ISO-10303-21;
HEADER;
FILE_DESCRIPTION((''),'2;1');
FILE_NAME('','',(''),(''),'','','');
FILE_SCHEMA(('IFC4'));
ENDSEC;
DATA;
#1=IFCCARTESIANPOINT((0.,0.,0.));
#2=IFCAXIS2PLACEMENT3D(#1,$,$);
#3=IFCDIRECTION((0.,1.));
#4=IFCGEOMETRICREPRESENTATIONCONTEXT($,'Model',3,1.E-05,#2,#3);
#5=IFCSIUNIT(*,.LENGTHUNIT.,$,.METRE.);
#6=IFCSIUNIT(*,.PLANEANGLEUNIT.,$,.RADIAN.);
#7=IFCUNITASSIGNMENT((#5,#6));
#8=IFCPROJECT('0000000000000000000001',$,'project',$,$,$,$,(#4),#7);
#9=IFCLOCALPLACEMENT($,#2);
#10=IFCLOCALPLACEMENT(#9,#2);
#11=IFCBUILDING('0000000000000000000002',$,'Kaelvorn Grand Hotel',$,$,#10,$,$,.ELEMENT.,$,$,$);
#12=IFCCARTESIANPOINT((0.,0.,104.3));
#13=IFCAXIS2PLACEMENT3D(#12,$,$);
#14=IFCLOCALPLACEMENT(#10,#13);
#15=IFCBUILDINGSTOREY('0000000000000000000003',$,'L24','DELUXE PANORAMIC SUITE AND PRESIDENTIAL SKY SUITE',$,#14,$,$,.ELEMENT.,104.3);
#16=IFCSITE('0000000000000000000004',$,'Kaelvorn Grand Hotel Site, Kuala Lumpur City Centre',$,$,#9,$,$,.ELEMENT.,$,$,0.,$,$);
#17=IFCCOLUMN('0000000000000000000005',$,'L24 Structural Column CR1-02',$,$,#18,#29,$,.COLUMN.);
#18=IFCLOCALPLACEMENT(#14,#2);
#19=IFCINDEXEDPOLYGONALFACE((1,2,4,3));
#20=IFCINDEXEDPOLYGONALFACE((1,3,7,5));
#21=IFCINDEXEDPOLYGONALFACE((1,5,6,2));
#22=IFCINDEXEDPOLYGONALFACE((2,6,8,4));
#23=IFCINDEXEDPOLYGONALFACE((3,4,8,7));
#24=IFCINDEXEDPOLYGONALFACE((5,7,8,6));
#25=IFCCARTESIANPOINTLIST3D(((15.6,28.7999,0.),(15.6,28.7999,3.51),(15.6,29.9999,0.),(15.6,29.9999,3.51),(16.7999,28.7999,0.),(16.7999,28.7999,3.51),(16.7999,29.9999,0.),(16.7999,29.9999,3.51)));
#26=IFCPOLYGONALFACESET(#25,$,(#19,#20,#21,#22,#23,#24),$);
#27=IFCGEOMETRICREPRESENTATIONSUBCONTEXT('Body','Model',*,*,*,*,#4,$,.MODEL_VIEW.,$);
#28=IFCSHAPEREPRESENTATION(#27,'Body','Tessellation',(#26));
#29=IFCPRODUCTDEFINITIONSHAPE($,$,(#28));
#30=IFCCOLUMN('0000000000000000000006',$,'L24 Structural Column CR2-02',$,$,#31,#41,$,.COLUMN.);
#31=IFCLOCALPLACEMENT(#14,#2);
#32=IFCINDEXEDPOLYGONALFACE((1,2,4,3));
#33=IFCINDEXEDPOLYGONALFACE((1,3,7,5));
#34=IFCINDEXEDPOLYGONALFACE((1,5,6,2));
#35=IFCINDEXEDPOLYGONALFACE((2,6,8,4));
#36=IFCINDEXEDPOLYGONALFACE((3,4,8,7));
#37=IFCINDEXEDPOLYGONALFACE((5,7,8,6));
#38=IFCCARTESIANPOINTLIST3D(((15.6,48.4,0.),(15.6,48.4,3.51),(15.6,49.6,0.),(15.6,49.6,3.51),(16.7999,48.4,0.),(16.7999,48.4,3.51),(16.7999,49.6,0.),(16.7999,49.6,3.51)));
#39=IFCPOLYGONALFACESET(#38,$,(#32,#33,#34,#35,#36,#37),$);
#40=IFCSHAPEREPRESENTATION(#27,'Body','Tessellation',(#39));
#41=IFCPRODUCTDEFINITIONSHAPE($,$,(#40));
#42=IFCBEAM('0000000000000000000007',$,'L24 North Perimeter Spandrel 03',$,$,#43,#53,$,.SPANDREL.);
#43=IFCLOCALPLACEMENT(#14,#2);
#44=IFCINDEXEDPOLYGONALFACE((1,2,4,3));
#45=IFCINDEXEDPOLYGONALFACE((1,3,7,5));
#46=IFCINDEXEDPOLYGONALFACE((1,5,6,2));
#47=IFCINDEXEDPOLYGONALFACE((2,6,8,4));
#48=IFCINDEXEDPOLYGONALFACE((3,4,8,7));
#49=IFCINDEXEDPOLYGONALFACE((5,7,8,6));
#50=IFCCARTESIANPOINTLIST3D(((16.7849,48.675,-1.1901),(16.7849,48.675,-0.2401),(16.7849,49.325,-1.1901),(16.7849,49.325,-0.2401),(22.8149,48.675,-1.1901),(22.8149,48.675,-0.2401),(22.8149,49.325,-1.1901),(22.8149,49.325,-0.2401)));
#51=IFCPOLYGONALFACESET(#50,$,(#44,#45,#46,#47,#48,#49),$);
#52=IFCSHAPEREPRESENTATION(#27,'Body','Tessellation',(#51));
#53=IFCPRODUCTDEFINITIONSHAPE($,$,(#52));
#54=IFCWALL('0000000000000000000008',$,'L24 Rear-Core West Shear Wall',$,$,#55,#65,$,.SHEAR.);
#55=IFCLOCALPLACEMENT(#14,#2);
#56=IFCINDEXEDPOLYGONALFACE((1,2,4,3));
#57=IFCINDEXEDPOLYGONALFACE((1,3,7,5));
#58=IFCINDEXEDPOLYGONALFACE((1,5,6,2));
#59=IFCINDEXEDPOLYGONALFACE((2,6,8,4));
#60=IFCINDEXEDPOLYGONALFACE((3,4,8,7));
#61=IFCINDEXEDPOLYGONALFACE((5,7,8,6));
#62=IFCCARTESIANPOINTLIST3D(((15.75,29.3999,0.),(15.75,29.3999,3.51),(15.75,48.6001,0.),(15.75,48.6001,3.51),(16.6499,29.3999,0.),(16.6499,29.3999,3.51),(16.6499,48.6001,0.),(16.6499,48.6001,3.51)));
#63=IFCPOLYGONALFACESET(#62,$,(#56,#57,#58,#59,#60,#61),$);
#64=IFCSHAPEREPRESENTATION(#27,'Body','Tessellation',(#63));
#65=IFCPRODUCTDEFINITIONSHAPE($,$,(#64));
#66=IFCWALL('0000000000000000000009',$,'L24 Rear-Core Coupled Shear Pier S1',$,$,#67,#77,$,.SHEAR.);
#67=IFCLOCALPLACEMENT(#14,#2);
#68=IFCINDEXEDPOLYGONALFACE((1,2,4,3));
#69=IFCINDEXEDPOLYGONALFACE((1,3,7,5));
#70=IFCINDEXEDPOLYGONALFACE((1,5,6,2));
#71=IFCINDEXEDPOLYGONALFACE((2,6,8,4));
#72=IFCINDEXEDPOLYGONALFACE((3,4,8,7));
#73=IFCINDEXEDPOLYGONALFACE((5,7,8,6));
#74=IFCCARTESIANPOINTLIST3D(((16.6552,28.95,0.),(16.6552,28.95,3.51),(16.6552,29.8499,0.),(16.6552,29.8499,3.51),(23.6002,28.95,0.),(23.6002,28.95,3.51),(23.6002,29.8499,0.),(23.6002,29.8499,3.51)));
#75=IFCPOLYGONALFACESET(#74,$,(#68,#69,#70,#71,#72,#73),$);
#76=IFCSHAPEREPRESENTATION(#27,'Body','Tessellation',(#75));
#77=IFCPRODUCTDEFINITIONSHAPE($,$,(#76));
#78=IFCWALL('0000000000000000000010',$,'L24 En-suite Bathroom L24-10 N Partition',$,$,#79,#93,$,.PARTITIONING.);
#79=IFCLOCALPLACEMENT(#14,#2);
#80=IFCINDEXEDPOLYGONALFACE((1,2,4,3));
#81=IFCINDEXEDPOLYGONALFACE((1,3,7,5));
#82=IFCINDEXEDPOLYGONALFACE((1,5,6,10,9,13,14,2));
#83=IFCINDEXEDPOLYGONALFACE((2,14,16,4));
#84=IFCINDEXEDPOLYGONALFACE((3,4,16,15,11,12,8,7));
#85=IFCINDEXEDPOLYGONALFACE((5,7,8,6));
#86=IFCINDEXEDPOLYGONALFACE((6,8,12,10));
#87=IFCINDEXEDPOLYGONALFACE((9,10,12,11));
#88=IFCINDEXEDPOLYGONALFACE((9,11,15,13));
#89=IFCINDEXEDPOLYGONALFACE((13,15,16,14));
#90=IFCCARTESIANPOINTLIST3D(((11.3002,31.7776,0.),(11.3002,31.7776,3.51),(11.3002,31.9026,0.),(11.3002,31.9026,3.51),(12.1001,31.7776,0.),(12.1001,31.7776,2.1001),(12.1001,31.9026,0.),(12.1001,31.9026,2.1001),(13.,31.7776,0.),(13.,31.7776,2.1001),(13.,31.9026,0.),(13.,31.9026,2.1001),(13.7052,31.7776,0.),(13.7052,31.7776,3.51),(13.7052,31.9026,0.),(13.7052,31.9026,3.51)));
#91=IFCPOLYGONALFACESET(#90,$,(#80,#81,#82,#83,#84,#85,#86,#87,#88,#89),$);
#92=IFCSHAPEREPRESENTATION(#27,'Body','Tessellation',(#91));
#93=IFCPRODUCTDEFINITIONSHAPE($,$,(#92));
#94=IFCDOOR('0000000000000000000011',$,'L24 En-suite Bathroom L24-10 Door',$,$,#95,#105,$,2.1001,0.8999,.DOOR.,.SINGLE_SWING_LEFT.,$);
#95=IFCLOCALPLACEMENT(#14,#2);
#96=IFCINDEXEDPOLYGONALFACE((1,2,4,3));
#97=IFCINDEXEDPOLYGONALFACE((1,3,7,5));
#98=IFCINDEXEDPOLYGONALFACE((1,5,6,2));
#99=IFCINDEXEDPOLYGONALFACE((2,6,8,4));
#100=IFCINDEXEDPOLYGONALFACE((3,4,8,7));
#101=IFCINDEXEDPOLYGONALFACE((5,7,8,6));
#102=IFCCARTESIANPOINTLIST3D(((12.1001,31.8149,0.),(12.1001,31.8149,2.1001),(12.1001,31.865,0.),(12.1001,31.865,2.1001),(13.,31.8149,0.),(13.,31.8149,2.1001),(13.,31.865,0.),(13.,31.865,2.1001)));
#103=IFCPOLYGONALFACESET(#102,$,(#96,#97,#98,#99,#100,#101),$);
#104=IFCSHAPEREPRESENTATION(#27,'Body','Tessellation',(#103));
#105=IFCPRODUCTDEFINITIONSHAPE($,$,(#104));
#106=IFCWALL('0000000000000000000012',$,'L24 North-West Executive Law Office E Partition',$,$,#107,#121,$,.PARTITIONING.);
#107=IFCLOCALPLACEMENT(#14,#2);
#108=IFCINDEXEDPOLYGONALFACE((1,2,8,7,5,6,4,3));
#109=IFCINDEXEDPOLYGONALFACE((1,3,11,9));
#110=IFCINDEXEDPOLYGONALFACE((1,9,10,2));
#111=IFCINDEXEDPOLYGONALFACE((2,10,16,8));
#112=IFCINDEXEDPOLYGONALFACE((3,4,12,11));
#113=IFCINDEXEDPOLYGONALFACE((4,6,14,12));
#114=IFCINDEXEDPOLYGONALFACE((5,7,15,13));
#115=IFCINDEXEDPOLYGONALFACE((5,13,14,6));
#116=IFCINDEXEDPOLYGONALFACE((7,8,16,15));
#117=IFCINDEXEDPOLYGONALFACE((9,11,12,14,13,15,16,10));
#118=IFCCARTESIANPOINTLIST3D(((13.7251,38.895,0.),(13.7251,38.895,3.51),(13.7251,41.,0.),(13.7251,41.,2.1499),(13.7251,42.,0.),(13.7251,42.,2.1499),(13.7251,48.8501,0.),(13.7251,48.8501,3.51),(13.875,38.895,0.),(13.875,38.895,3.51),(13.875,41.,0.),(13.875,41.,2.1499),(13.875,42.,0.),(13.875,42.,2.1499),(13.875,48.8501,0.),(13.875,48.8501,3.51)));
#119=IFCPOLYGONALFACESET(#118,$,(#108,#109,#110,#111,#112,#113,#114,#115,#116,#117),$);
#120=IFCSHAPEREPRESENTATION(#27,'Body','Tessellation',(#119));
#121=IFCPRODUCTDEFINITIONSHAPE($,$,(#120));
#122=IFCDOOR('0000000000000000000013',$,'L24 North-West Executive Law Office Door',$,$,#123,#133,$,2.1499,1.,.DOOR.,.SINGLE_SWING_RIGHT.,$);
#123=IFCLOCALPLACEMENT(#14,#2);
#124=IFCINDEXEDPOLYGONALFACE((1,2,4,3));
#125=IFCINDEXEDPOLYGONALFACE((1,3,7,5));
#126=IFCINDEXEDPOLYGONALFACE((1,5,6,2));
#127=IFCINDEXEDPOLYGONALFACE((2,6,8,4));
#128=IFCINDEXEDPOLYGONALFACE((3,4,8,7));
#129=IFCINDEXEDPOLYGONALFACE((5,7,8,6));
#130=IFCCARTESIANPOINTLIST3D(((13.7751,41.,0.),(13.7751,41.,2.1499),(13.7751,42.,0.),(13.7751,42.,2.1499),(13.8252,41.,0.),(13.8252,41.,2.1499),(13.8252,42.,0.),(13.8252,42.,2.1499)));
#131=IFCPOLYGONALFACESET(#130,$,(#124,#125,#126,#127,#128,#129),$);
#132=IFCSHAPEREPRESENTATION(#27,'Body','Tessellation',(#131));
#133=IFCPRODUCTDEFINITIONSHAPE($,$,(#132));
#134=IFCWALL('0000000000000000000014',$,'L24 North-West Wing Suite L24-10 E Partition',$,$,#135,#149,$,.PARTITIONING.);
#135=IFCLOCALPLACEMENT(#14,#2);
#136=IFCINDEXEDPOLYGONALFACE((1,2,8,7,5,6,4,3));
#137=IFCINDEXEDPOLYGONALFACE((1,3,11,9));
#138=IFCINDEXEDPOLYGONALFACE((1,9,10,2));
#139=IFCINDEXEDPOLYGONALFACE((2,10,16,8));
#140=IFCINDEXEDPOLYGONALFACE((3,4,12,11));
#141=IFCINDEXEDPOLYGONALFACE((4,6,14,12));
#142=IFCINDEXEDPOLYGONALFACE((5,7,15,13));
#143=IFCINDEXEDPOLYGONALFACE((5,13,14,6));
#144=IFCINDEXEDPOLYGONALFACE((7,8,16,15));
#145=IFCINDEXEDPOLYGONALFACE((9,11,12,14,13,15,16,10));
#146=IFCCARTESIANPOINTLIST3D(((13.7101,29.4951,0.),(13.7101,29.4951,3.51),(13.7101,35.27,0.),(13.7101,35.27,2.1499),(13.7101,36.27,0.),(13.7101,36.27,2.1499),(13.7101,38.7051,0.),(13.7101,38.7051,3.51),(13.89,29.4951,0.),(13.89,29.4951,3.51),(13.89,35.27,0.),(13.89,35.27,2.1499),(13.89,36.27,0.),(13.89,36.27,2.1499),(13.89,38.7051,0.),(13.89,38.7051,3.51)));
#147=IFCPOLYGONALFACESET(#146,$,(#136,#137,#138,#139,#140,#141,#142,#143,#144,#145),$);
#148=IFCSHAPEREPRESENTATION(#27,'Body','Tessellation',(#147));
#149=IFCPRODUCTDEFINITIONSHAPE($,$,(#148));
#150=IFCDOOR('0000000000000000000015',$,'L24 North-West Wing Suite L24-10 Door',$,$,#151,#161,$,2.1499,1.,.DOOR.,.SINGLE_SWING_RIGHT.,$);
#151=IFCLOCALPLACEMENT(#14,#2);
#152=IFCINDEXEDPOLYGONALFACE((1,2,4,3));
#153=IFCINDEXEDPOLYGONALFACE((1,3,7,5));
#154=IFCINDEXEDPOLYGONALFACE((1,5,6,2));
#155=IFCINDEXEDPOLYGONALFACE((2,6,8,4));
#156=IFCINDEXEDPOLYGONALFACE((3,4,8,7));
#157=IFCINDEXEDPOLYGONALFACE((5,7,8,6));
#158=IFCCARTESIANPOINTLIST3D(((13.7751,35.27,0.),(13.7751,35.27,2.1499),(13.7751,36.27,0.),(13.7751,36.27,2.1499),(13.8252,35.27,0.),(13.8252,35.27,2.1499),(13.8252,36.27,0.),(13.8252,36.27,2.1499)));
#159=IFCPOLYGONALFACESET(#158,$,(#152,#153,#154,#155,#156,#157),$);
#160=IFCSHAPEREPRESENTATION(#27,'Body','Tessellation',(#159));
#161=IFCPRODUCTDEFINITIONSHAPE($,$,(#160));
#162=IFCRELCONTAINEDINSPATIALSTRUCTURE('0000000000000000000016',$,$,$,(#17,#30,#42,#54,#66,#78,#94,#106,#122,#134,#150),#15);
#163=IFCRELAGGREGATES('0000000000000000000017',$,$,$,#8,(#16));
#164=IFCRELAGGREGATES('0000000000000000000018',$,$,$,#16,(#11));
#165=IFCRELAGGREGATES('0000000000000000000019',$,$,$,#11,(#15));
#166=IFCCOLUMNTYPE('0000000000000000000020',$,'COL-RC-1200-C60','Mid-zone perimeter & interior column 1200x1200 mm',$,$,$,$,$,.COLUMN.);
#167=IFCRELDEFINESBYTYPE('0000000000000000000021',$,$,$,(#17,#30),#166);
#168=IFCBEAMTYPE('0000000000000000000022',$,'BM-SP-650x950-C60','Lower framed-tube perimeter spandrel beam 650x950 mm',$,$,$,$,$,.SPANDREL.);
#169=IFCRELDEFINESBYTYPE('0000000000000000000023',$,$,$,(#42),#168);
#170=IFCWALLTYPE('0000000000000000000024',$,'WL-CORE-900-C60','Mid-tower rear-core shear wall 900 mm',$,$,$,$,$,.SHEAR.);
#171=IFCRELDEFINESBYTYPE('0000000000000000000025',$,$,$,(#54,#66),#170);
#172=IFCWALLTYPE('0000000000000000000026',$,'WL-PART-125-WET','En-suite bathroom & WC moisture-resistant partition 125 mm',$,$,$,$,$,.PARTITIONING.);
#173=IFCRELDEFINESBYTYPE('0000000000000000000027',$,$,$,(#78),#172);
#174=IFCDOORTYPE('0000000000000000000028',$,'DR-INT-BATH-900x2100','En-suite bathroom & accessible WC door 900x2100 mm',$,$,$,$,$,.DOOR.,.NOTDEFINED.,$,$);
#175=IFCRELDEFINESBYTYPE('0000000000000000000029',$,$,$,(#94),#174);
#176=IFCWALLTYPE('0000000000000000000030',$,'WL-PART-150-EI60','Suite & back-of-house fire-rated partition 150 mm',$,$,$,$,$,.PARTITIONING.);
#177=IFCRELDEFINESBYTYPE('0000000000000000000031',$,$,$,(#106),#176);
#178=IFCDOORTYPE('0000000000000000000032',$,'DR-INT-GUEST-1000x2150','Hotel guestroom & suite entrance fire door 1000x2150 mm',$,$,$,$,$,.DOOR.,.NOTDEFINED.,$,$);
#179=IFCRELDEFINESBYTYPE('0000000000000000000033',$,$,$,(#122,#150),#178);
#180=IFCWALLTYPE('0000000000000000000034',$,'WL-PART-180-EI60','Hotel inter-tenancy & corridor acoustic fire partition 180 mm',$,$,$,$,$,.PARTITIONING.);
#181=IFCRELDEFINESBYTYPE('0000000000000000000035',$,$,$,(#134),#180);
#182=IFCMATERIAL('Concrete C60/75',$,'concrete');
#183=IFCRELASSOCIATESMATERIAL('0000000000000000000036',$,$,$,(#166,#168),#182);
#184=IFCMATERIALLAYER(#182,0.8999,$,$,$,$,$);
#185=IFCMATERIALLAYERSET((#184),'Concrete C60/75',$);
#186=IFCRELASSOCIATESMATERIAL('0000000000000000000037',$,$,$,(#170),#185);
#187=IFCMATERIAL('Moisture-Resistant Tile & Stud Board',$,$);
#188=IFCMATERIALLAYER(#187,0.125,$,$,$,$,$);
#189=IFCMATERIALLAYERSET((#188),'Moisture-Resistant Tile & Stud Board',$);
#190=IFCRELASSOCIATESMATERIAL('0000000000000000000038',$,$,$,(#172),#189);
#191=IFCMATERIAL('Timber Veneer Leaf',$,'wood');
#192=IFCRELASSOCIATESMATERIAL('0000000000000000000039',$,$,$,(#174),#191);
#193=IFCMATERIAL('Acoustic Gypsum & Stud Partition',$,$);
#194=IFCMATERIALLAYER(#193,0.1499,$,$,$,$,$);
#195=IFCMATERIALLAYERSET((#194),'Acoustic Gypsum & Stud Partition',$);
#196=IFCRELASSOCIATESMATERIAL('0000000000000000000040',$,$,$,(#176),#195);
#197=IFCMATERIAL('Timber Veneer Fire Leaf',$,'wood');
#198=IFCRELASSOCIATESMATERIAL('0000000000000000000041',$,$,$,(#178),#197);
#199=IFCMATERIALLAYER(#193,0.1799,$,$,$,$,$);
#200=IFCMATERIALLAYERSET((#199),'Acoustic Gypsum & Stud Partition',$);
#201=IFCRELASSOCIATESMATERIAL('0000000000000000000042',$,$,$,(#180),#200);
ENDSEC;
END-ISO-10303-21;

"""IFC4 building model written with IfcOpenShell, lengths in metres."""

from ifc_helpers import new_model, si_unit, direction, frame, frame_2d, origin, origin_2d, place, context, subcontext, project, spatial, rectangle, extrude, material, layer, layer_set, material_profile, profile_set, type_object, element, fill, save


model = new_model("IFC4")

# Units and contexts
model_context = context("Model", 3, precision=1e-05, world=origin(), true_north=direction((0.0, 1.0)))
body_context = subcontext(model_context, "Body", "Model", "MODEL_VIEW")
ifc_project = project(units=[si_unit("LENGTHUNIT", "METRE"), si_unit("PLANEANGLEUNIT", "RADIAN")], contexts=[model_context])

# Site, building, storey
site_placement = place(None, origin())
site = spatial("IfcSite", under=ifc_project, at=site_placement, Name="Kaelvorn Grand Hotel Site, Kuala Lumpur City Centre", CompositionType="ELEMENT", RefElevation=0.0)
building_placement = place(site_placement, origin())
building = spatial("IfcBuilding", under=site, at=building_placement, Name="Kaelvorn Grand Hotel", CompositionType="ELEMENT")
storey_placement = place(building_placement, frame((0.0, 0.0, 104.3)))
storey = spatial("IfcBuildingStorey", under=building, at=storey_placement, Name="L24", Description="DELUXE PANORAMIC SUITE AND PRESIDENTIAL SKY SUITE", CompositionType="ELEMENT", Elevation=104.3)

# Columns
ifc_material_1 = material(Name="Concrete C60/75", Category="concrete")
ifc_material_profile_1 = material_profile(ifc_material_1, rectangle(XDim=1.2, YDim=1.2, at=origin_2d()), Name="RC COL 1200x1200")
ifc_profile_set_1 = profile_set([ifc_material_profile_1], Name="Concrete C60/75")
column_type = type_object("IfcColumnType", Name="COL-RC-1200-C60", Description="Mid-zone perimeter & interior column 1200x1200 mm", PredefinedType="COLUMN", material=ifc_profile_set_1)
for number, where, z_axis, x_axis, name in (
    (1, (16.2, 29.3999, 0.0), (0.0, 0.0, 1.0), (1.0, 0.0, 0.0), "L24 Structural Column CR1-02"),
    (2, (16.2, 49.0, 0.0), (0.0, 0.0, 1.0), (1.0, 0.0, 0.0), "L24 Structural Column CR2-02"),
):
    element("IfcColumn", number, at=place(storey_placement, frame(where, z_axis=z_axis, x_axis=x_axis)), inside=storey, type_object=column_type, Name=name, PredefinedType="COLUMN", context=body_context, shape_type="SweptSolid", body=[
        extrude(rectangle(XDim=1.2, YDim=1.2, at=origin_2d()), origin(), (0.0, 0.0, 1.0), 3.51),
    ])

# Beam
ifc_material_profile_2 = material_profile(ifc_material_1, rectangle(XDim=0.6499, YDim=0.95, at=origin_2d()), Name="RC SPANDREL 650x950")
ifc_profile_set_2 = profile_set([ifc_material_profile_2], Name="Concrete C60/75")
beam_type = type_object("IfcBeamType", Name="BM-SP-650x950-C60", Description="Lower framed-tube perimeter spandrel beam 650x950 mm", PredefinedType="SPANDREL", material=ifc_profile_set_2)
beam_placement = place(storey_placement, frame((16.7849, 49.0, -0.7151), z_axis=(1.0, 0.0, 0.0), x_axis=(0.0, 1.0, 0.0)))
element("IfcBeam", 3, at=beam_placement, inside=storey, type_object=beam_type, Name="L24 North Perimeter Spandrel 03", PredefinedType="SPANDREL", context=body_context, shape_type="SweptSolid", body=[
    extrude(rectangle(XDim=0.6499, YDim=0.95, at=origin_2d()), origin(), (0.0, 0.0, 1.0), 6.03),
])

# Walls
ifc_layer_1 = layer(ifc_material_1, 0.8999)
ifc_layer_set_1 = layer_set([ifc_layer_1], Name="Concrete C60/75")
wall_type_1 = type_object("IfcWallType", Name="WL-CORE-900-C60", Description="Mid-tower rear-core shear wall 900 mm", PredefinedType="SHEAR", material=ifc_layer_set_1)
wall_1_placement = place(storey_placement, frame((16.2, 29.3999, 0.0), z_axis=(0.0, 0.0, 1.0), x_axis=(0.0, 1.0, 0.0)))
element("IfcWall", 4, at=wall_1_placement, inside=storey, type_object=wall_type_1, Name="L24 Rear-Core West Shear Wall", PredefinedType="SHEAR", context=body_context, shape_type="SweptSolid", body=[
    extrude(rectangle(XDim=19.2002, YDim=0.8999, at=frame_2d((9.6001, 0.0))), origin(), (0.0, 0.0, 1.0), 3.51),
])
wall_2_placement = place(storey_placement, frame((16.655, 29.3999, 0.0), z_axis=(0.0, 0.0, 1.0), x_axis=(1.0, 0.0, 0.0)))
element("IfcWall", 5, at=wall_2_placement, inside=storey, type_object=wall_type_1, Name="L24 Rear-Core Coupled Shear Pier S1", PredefinedType="SHEAR", context=body_context, shape_type="SweptSolid", body=[
    extrude(rectangle(XDim=6.9451, YDim=0.8999, at=frame_2d((3.4727, 0.0))), origin(), (0.0, 0.0, 1.0), 3.51),
])

# Walls, openings, doors
ifc_material_2 = material(Name="Moisture-Resistant Tile & Stud Board")
ifc_layer_2 = layer(ifc_material_2, 0.125)
ifc_layer_set_2 = layer_set([ifc_layer_2], Name="Moisture-Resistant Tile & Stud Board")
wall_type_2 = type_object("IfcWallType", Name="WL-PART-125-WET", Description="En-suite bathroom & WC moisture-resistant partition 125 mm", PredefinedType="PARTITIONING", material=ifc_layer_set_2)
wall_3_placement = place(storey_placement, frame((11.3, 31.8401, 0.0), z_axis=(0.0, 0.0, 1.0), x_axis=(1.0, 0.0, 0.0)))
wall_3 = element("IfcWall", 6, at=wall_3_placement, inside=storey, type_object=wall_type_2, Name="L24 En-suite Bathroom L24-10 N Partition", PredefinedType="PARTITIONING", context=body_context, shape_type="SweptSolid", body=[
    extrude(rectangle(XDim=2.405, YDim=0.125, at=frame_2d((1.2026, 0.0))), origin(), (0.0, 0.0, 1.0), 3.51),
])
opening_1_placement = place(wall_3_placement, frame((0.8, 0.0, 0.0)))
opening_1 = element("IfcOpeningElement", 7, at=opening_1_placement, cuts=wall_3, PredefinedType="OPENING", context=body_context, shape_type="SweptSolid", body=[
    extrude(rectangle(XDim=0.8999, YDim=2.1001, at=frame_2d((0.45, 1.05))), frame((0.0, 0.0725, 0.0), z_axis=(0.0, -1.0, 0.0), x_axis=(1.0, 0.0, 0.0)), (0.0, 0.0, 1.0), 0.145),
])
ifc_material_3 = material(Name="Timber Veneer Leaf", Category="wood")
door_type_1 = type_object("IfcDoorType", Name="DR-INT-BATH-900x2100", Description="En-suite bathroom & accessible WC door 900x2100 mm", OperationType="NOTDEFINED", PredefinedType="DOOR", material=ifc_material_3)
door_1_placement = place(opening_1_placement, origin())
door_1 = element("IfcDoor", 8, at=door_1_placement, inside=storey, type_object=door_type_1, Name="L24 En-suite Bathroom L24-10 Door", OperationType="SINGLE_SWING_LEFT", OverallHeight=2.1001, OverallWidth=0.8999, PredefinedType="DOOR", context=body_context, shape_type="SweptSolid", body=[
    extrude(rectangle(XDim=0.8999, YDim=2.1001, at=frame_2d((0.45, 1.05))), frame((0.0, 0.0249, 0.0), z_axis=(0.0, -1.0, 0.0), x_axis=(1.0, 0.0, 0.0)), (0.0, 0.0, 1.0), 0.05),
])
fill(opening_1, door_1)
ifc_material_4 = material(Name="Acoustic Gypsum & Stud Partition")
ifc_layer_3 = layer(ifc_material_4, 0.1499)
ifc_layer_set_3 = layer_set([ifc_layer_3], Name="Acoustic Gypsum & Stud Partition")
wall_type_3 = type_object("IfcWallType", Name="WL-PART-150-EI60", Description="Suite & back-of-house fire-rated partition 150 mm", PredefinedType="PARTITIONING", material=ifc_layer_set_3)
wall_4_placement = place(storey_placement, frame((13.8, 38.895, 0.0), z_axis=(0.0, 0.0, 1.0), x_axis=(0.0, 1.0, 0.0)))
wall_4 = element("IfcWall", 9, at=wall_4_placement, inside=storey, type_object=wall_type_3, Name="L24 North-West Executive Law Office E Partition", PredefinedType="PARTITIONING", context=body_context, shape_type="SweptSolid", body=[
    extrude(rectangle(XDim=9.9551, YDim=0.1499, at=frame_2d((4.9775, 0.0))), origin(), (0.0, 0.0, 1.0), 3.51),
])
opening_2_placement = place(wall_4_placement, frame((2.105, 0.0, 0.0)))
opening_2 = element("IfcOpeningElement", 10, at=opening_2_placement, cuts=wall_4, PredefinedType="OPENING", context=body_context, shape_type="SweptSolid", body=[
    extrude(rectangle(XDim=1.0, YDim=2.1499, at=frame_2d((0.5, 1.075))), frame((0.0, 0.085, 0.0), z_axis=(0.0, -1.0, 0.0), x_axis=(1.0, 0.0, 0.0)), (0.0, 0.0, 1.0), 0.1699),
])
ifc_material_5 = material(Name="Timber Veneer Fire Leaf", Category="wood")
door_type_2 = type_object("IfcDoorType", Name="DR-INT-GUEST-1000x2150", Description="Hotel guestroom & suite entrance fire door 1000x2150 mm", OperationType="NOTDEFINED", PredefinedType="DOOR", material=ifc_material_5)
door_2_placement = place(opening_2_placement, origin())
door_2 = element("IfcDoor", 11, at=door_2_placement, inside=storey, type_object=door_type_2, Name="L24 North-West Executive Law Office Door", OperationType="SINGLE_SWING_RIGHT", OverallHeight=2.1499, OverallWidth=1.0, PredefinedType="DOOR", context=body_context, shape_type="SweptSolid", body=[
    extrude(rectangle(XDim=1.0, YDim=2.1499, at=frame_2d((0.5, 1.075))), frame((0.0, 0.0249, 0.0), z_axis=(0.0, -1.0, 0.0), x_axis=(1.0, 0.0, 0.0)), (0.0, 0.0, 1.0), 0.05),
])
fill(opening_2, door_2)
ifc_layer_4 = layer(ifc_material_4, 0.1799)
ifc_layer_set_4 = layer_set([ifc_layer_4], Name="Acoustic Gypsum & Stud Partition")
wall_type_4 = type_object("IfcWallType", Name="WL-PART-180-EI60", Description="Hotel inter-tenancy & corridor acoustic fire partition 180 mm", PredefinedType="PARTITIONING", material=ifc_layer_set_4)
wall_5_placement = place(storey_placement, frame((13.8, 29.4951, 0.0), z_axis=(0.0, 0.0, 1.0), x_axis=(0.0, 1.0, 0.0)))
wall_5 = element("IfcWall", 12, at=wall_5_placement, inside=storey, type_object=wall_type_4, Name="L24 North-West Wing Suite L24-10 E Partition", PredefinedType="PARTITIONING", context=body_context, shape_type="SweptSolid", body=[
    extrude(rectangle(XDim=9.21, YDim=0.1799, at=frame_2d((4.605, 0.0))), origin(), (0.0, 0.0, 1.0), 3.51),
])
opening_3_placement = place(wall_5_placement, frame((5.7749, 0.0, 0.0)))
opening_3 = element("IfcOpeningElement", 13, at=opening_3_placement, cuts=wall_5, PredefinedType="OPENING", context=body_context, shape_type="SweptSolid", body=[
    extrude(rectangle(XDim=1.0, YDim=2.1499, at=frame_2d((0.5, 1.075))), frame((0.0, 0.1001, 0.0), z_axis=(0.0, -1.0, 0.0), x_axis=(1.0, 0.0, 0.0)), (0.0, 0.0, 1.0), 0.2),
])
door_3_placement = place(opening_3_placement, origin())
door_3 = element("IfcDoor", 14, at=door_3_placement, inside=storey, type_object=door_type_2, Name="L24 North-West Wing Suite L24-10 Door", OperationType="SINGLE_SWING_RIGHT", OverallHeight=2.1499, OverallWidth=1.0, PredefinedType="DOOR", context=body_context, shape_type="SweptSolid", body=[
    extrude(rectangle(XDim=1.0, YDim=2.1499, at=frame_2d((0.5, 1.075))), frame((0.0, 0.0249, 0.0), z_axis=(0.0, -1.0, 0.0), x_axis=(1.0, 0.0, 0.0)), (0.0, 0.0, 1.0), 0.05),
])
fill(opening_3, door_3)

save(model, "model.ifc")
